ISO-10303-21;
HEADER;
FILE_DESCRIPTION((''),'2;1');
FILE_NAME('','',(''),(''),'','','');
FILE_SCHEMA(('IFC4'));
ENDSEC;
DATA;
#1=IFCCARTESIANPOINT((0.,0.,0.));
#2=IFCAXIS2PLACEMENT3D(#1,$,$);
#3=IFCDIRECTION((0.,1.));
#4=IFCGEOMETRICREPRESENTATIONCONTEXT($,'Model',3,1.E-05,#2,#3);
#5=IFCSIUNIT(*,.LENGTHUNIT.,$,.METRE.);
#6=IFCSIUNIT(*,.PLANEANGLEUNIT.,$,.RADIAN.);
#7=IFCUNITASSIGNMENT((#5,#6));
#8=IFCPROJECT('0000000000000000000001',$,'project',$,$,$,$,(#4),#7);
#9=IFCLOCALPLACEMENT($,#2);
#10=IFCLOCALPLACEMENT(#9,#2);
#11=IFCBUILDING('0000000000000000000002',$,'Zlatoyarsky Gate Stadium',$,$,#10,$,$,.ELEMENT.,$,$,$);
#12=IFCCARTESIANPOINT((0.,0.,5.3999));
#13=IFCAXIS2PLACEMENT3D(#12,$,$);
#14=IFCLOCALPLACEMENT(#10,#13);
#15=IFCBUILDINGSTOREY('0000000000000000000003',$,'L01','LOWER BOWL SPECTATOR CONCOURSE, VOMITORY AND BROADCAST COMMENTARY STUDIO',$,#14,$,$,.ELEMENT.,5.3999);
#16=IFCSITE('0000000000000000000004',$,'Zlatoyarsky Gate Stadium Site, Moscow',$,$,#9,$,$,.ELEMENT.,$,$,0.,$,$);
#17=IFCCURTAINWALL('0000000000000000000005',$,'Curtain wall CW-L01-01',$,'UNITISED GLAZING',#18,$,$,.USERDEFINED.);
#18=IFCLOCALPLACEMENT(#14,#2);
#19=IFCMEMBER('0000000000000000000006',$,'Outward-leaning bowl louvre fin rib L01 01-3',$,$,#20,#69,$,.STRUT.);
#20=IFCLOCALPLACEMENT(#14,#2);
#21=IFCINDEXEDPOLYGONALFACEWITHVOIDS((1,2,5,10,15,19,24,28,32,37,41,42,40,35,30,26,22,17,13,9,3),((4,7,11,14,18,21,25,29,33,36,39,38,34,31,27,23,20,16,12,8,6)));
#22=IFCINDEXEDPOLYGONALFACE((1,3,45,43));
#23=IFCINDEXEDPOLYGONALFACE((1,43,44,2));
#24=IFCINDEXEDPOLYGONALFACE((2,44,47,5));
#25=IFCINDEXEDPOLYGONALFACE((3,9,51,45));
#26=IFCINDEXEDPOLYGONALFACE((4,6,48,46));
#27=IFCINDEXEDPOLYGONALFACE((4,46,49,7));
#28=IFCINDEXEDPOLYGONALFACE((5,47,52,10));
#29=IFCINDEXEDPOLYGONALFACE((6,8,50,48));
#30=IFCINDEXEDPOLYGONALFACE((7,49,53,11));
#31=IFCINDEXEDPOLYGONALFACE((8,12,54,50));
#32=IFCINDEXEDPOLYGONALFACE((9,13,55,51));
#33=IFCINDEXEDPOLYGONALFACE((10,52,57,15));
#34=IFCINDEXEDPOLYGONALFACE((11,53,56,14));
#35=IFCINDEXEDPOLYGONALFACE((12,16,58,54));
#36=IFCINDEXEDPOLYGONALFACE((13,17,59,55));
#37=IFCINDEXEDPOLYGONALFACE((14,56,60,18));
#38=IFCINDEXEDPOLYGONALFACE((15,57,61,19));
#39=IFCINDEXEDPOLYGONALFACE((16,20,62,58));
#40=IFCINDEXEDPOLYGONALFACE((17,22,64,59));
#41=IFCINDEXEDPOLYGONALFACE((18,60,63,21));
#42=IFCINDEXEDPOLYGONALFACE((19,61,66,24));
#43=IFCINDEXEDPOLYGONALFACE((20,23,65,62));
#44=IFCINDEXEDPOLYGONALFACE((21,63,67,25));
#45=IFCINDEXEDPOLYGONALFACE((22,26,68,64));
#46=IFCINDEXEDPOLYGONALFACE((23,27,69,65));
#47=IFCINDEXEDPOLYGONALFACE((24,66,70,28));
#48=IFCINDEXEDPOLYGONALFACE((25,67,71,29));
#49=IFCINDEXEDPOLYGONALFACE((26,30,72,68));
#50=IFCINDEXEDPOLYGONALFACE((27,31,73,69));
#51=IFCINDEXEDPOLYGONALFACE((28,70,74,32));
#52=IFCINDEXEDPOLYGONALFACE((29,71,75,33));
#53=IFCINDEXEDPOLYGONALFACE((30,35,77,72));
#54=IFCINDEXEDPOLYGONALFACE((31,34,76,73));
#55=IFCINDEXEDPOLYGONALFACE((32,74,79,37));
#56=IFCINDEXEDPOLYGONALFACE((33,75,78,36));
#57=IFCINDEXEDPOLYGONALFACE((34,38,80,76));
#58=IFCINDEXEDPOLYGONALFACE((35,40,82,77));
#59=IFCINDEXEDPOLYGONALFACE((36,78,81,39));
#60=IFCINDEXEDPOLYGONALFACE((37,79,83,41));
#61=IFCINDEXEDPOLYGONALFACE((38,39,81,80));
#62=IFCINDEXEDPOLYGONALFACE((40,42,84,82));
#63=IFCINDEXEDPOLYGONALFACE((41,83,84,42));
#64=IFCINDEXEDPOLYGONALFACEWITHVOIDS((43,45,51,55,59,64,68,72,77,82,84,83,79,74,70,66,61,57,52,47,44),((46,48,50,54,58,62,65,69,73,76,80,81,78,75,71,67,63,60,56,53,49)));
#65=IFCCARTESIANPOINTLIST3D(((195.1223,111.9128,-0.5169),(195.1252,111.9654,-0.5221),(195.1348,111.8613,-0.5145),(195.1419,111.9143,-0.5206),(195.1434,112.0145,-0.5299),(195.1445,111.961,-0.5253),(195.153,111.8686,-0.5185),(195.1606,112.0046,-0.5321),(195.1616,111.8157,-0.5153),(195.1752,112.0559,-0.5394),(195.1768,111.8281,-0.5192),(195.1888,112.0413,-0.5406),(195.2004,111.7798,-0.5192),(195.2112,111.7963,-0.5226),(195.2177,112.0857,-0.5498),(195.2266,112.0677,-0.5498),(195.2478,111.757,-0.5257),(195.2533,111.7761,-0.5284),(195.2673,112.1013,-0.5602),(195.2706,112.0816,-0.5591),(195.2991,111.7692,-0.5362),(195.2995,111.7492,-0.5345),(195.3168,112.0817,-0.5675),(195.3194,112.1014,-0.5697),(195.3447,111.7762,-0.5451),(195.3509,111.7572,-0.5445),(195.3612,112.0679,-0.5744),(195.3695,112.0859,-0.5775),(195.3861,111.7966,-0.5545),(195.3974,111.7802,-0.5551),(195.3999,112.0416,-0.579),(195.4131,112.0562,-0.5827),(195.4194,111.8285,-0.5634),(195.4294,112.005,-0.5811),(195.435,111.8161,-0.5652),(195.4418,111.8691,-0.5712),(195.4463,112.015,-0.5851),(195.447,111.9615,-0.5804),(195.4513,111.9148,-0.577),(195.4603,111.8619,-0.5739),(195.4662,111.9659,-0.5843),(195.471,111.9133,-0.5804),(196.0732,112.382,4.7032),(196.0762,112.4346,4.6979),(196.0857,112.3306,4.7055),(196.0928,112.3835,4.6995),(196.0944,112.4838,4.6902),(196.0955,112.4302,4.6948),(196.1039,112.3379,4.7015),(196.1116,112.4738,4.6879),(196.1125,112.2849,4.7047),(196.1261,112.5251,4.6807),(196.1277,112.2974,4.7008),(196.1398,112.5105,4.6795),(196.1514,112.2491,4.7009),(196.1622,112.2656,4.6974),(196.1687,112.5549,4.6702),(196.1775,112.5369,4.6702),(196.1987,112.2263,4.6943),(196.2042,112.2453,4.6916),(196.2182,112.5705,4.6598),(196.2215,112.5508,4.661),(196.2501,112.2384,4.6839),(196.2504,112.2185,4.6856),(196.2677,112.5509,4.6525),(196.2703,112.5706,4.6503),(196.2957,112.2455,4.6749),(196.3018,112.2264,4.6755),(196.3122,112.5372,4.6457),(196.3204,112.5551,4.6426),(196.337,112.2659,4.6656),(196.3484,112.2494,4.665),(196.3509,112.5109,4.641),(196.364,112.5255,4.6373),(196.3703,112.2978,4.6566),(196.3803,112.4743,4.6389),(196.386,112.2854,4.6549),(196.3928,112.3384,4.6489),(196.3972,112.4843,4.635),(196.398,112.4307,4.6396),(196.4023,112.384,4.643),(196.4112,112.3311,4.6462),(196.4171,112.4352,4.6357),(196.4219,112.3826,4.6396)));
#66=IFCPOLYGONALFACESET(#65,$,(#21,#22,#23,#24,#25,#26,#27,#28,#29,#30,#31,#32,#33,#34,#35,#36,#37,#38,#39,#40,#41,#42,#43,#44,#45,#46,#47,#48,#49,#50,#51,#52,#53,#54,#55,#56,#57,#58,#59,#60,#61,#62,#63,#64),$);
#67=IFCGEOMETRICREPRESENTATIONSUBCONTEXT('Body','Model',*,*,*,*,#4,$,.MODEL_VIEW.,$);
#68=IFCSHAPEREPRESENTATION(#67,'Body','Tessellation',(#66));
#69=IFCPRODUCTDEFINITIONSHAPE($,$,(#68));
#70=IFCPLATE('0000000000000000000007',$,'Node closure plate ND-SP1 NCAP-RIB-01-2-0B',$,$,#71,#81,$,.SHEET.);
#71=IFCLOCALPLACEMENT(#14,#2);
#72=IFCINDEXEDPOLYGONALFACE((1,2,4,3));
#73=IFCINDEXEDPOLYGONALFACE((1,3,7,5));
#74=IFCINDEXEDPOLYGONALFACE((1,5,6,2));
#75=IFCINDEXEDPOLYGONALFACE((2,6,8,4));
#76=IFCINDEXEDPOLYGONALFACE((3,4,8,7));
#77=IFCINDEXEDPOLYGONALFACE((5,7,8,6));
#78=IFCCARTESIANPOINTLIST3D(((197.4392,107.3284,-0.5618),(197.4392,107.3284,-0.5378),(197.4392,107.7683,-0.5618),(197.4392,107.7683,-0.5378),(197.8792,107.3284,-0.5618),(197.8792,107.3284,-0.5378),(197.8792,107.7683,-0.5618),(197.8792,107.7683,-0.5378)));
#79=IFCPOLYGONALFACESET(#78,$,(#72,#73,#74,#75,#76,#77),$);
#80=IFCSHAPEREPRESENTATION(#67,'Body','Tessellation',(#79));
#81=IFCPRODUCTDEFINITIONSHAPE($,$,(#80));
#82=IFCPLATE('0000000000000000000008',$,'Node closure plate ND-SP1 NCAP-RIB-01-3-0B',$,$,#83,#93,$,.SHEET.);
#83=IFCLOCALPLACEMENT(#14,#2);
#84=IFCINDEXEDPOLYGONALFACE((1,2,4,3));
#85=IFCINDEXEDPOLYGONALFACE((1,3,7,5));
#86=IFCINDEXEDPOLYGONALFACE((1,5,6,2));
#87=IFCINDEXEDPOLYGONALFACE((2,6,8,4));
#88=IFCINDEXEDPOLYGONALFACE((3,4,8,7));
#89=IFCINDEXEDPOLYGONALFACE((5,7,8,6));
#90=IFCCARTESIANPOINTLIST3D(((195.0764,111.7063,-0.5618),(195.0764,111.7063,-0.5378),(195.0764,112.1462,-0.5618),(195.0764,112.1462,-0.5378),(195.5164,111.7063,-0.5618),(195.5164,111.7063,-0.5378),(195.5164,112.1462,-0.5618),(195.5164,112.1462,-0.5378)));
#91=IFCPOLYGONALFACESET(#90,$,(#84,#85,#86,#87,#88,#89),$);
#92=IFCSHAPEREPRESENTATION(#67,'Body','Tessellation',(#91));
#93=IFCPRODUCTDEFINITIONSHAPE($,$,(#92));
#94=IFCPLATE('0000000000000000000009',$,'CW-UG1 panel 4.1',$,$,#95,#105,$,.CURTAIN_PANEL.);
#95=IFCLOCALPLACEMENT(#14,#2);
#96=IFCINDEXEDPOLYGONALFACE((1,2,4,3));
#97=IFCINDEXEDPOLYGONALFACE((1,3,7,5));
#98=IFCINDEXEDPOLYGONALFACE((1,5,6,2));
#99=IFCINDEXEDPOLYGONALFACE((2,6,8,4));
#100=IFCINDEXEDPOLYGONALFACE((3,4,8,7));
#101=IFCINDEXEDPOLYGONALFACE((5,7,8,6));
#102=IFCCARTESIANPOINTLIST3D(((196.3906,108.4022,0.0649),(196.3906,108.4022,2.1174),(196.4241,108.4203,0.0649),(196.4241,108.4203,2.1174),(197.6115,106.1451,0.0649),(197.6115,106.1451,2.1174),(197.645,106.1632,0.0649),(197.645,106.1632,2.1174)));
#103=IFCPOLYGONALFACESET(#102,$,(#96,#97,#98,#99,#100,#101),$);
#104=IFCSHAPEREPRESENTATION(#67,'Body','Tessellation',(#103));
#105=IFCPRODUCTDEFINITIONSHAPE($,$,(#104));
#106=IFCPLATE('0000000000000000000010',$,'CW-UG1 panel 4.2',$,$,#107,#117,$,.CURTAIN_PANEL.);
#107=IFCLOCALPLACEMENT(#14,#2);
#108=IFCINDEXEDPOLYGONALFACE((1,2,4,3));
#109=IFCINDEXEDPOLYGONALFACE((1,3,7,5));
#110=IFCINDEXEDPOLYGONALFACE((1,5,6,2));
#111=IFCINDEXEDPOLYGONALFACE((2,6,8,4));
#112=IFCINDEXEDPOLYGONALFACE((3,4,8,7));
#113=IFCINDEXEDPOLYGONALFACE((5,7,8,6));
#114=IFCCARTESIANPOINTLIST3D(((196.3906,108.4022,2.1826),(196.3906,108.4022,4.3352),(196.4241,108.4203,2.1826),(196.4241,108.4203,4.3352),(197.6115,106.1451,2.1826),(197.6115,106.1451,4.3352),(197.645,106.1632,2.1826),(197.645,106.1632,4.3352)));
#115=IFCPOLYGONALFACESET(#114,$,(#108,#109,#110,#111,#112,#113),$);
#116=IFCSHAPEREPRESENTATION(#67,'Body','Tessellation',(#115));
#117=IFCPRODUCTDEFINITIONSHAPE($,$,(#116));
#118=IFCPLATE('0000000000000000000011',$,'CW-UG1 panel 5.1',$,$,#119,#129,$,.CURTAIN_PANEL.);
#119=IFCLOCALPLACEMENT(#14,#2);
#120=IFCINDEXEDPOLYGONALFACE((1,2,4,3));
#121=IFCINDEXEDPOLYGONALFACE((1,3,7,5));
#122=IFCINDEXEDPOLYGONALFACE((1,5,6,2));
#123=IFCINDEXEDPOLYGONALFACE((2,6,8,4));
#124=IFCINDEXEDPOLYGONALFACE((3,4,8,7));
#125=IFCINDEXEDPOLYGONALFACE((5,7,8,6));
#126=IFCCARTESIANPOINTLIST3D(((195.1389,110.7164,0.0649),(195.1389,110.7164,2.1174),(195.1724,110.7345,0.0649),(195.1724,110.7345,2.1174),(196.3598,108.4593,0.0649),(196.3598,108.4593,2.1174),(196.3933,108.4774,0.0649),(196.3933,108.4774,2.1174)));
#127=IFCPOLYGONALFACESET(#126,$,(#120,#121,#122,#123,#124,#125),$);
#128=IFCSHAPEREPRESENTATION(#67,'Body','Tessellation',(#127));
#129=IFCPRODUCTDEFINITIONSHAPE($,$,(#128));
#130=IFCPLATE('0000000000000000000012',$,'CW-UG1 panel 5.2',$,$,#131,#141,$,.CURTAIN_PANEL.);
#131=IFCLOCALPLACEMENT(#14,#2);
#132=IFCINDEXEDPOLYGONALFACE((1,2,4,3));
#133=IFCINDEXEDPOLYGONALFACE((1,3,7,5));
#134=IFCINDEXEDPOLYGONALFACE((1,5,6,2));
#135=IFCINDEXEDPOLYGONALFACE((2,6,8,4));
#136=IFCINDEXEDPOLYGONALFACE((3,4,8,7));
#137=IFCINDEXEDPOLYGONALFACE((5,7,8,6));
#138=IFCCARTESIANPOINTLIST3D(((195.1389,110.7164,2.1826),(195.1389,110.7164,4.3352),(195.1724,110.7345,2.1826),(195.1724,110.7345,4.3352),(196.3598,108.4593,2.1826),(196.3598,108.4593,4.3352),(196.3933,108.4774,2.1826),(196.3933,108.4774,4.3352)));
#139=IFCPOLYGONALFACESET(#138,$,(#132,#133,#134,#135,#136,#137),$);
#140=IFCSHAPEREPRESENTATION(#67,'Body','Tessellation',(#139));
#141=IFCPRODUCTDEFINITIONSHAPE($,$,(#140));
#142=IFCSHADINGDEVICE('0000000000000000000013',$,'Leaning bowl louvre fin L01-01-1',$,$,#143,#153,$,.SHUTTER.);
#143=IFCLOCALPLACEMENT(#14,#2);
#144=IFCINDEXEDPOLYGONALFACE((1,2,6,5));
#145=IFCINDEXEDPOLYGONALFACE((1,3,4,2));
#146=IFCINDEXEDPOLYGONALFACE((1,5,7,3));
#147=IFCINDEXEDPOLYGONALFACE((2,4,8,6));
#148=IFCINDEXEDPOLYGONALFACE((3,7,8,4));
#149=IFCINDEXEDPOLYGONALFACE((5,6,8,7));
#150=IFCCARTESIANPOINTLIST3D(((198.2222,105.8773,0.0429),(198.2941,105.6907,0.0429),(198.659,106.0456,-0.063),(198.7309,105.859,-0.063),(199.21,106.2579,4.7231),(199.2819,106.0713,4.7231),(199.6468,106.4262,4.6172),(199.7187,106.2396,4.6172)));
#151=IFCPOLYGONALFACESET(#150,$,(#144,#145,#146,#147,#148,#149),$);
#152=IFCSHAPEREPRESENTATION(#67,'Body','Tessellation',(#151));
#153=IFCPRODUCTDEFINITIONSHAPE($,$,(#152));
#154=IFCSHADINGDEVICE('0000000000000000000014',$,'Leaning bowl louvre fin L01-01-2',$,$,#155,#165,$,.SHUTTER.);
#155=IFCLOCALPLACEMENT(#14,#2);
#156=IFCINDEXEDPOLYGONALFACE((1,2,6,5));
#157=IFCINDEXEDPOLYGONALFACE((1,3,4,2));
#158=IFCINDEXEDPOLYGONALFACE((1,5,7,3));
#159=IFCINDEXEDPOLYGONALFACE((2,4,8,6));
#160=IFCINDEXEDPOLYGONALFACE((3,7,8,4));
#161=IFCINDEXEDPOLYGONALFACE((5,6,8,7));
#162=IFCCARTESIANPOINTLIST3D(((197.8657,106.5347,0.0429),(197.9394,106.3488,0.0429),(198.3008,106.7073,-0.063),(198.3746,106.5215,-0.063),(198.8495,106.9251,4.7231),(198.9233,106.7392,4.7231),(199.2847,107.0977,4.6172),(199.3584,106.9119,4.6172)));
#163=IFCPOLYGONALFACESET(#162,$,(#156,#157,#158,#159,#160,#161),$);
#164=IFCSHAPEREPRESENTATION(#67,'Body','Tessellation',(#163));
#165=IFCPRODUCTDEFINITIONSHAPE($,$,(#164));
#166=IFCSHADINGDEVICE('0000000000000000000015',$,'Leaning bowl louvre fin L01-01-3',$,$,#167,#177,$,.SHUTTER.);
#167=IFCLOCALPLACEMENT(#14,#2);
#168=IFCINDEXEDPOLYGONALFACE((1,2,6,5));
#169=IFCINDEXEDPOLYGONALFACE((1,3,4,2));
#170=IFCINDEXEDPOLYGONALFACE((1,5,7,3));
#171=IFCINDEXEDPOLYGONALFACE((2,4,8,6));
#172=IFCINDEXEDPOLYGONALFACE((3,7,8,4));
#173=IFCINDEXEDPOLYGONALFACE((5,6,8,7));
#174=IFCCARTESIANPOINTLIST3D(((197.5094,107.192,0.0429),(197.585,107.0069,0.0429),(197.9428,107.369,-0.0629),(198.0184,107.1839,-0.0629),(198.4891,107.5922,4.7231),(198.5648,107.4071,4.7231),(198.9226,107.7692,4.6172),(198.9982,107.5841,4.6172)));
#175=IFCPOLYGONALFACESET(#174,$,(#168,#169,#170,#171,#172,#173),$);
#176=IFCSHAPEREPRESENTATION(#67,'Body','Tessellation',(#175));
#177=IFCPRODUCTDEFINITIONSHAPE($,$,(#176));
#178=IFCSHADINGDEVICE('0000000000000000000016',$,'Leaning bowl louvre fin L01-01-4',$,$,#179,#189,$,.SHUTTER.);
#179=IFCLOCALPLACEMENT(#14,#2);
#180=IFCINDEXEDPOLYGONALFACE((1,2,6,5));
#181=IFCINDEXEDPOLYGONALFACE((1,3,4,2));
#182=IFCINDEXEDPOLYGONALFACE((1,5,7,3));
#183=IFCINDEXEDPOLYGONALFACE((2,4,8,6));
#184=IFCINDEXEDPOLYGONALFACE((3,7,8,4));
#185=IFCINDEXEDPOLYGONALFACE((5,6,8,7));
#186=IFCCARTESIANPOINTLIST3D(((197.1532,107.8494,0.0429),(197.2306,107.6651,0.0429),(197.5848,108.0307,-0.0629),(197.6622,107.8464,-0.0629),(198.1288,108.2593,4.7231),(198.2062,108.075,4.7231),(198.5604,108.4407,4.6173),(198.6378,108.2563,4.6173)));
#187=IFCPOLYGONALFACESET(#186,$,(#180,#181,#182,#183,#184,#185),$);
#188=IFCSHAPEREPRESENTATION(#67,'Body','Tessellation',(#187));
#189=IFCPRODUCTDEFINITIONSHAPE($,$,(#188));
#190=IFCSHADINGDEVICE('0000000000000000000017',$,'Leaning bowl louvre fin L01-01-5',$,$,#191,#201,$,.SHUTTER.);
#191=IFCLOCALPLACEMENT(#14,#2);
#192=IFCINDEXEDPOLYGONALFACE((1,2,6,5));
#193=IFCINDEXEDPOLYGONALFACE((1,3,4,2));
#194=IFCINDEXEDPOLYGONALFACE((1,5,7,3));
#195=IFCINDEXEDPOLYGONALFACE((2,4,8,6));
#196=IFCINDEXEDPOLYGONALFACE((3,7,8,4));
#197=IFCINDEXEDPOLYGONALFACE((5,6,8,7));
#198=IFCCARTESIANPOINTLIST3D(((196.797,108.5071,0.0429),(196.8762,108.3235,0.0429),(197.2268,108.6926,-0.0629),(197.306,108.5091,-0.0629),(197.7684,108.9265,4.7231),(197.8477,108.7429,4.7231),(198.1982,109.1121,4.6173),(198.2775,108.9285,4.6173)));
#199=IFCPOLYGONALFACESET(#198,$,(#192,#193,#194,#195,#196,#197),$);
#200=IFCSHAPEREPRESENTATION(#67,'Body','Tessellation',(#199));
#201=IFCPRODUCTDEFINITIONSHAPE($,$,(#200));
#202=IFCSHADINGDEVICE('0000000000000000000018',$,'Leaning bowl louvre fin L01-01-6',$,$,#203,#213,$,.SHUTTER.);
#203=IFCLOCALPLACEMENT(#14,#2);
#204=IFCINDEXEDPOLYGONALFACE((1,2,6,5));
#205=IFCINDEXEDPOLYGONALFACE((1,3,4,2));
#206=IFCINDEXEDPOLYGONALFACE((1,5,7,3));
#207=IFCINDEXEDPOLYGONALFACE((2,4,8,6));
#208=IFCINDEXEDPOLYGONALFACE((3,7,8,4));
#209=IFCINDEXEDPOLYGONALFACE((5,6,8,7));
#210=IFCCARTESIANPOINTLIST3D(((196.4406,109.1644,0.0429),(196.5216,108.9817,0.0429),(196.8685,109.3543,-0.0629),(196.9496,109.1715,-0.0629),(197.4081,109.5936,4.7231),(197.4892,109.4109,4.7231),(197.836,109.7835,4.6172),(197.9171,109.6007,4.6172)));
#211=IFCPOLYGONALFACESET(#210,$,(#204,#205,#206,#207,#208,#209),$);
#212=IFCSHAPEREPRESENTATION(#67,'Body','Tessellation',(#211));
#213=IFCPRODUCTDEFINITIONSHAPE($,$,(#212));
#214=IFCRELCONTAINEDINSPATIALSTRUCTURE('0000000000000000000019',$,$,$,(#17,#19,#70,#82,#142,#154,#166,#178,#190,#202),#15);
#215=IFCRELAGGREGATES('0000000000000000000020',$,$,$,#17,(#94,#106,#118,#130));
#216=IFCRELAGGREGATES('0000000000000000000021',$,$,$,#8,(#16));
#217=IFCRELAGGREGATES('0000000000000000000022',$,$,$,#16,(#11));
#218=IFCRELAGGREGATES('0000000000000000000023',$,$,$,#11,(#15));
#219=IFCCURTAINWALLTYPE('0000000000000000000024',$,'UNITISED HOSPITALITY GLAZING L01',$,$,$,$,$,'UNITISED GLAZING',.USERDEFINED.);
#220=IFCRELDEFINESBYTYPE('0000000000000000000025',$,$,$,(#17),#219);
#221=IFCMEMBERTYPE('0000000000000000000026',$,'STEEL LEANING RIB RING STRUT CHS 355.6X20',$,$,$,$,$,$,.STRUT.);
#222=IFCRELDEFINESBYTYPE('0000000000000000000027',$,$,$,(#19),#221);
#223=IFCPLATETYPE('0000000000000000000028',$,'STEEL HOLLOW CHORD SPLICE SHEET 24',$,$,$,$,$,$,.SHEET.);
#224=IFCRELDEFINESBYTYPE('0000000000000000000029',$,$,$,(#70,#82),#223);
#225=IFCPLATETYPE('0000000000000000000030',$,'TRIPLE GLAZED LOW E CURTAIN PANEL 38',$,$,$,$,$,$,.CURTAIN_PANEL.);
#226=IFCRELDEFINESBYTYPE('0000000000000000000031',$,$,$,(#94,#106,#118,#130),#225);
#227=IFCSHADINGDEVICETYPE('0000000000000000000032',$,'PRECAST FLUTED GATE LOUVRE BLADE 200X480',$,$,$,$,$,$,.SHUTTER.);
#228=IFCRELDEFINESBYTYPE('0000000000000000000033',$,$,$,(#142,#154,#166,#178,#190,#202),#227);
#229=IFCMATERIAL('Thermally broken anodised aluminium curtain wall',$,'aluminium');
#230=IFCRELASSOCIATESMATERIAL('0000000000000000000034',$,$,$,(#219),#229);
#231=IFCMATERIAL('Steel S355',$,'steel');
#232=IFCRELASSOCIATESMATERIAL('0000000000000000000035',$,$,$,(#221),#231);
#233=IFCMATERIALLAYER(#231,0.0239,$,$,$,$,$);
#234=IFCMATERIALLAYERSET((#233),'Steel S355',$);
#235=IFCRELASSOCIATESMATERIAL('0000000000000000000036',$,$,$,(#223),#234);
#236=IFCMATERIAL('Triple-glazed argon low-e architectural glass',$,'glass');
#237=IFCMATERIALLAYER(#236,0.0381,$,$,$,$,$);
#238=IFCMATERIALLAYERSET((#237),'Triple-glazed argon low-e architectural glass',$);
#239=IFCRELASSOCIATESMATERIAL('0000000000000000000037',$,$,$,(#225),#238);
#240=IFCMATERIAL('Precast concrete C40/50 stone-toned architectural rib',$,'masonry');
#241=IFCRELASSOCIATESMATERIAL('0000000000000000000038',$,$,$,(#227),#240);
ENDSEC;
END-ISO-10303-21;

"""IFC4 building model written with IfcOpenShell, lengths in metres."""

from ifc_helpers import new_model, si_unit, direction, frame, origin, origin_2d, place, context, subcontext, project, spatial, rectangle, hollow_circle, extrude, material, layer, layer_set, material_profile, profile_set, type_object, element, aggregate, save


model = new_model("IFC4")

# Units and contexts
model_context = context("Model", 3, precision=1e-05, world=origin(), true_north=direction((0.0, 1.0)))
body_context = subcontext(model_context, "Body", "Model", "MODEL_VIEW")
ifc_project = project(units=[si_unit("LENGTHUNIT", "METRE"), si_unit("PLANEANGLEUNIT", "RADIAN")], contexts=[model_context])

# Site, building, storey
site_placement = place(None, origin())
site = spatial("IfcSite", under=ifc_project, at=site_placement, Name="Zlatoyarsky Gate Stadium Site, Moscow", CompositionType="ELEMENT", RefElevation=0.0)
building_placement = place(site_placement, origin())
building = spatial("IfcBuilding", under=site, at=building_placement, Name="Zlatoyarsky Gate Stadium", CompositionType="ELEMENT")
storey_placement = place(building_placement, frame((0.0, 0.0, 5.3999)))
storey = spatial("IfcBuildingStorey", under=building, at=storey_placement, Name="L01", Description="LOWER BOWL SPECTATOR CONCOURSE, VOMITORY AND BROADCAST COMMENTARY STUDIO", CompositionType="ELEMENT", Elevation=5.3999)

# Curtain wall
ifc_material_1 = material(Name="Thermally broken anodised aluminium curtain wall", Category="aluminium")
curtain_wall_type = type_object("IfcCurtainWallType", Name="UNITISED HOSPITALITY GLAZING L01", ElementType="UNITISED GLAZING", PredefinedType="USERDEFINED", material=ifc_material_1)
curtain_wall_placement = place(storey_placement, origin())
curtain_wall = element("IfcCurtainWall", 1, at=curtain_wall_placement, inside=storey, type_object=curtain_wall_type, Name="Curtain wall CW-L01-01", ObjectType="UNITISED GLAZING", PredefinedType="USERDEFINED")

# Member
ifc_material_2 = material(Name="Steel S355", Category="steel")
ifc_material_profile_1 = material_profile(ifc_material_2, hollow_circle(Radius=0.1777, WallThickness=0.02, at=origin_2d()), Name="CHS 355.6X20")
ifc_profile_set_1 = profile_set([ifc_material_profile_1], Name="Steel S355")
member_type_1 = type_object("IfcMemberType", Name="STEEL LEANING RIB RING STRUT CHS 355.6X20", PredefinedType="STRUT", material=ifc_profile_set_1)
member_1_placement = place(storey_placement, frame((195.2964, 111.9263, -0.5498), z_axis=(0.178525, 0.088094, 0.979984), x_axis=(-0.442511, 0.896763, 0.0)))
element("IfcMember", 2, at=member_1_placement, inside=storey, type_object=member_type_1, Name="Outward-leaning bowl louvre fin rib L01 01-3", PredefinedType="STRUT", context=body_context, shape_type="SweptSolid", body=[
    extrude(hollow_circle(Radius=0.1777, WallThickness=0.02, at=origin_2d()), origin(), (0.0, 0.0, 1.0), 5.3267),
])

# Plates
ifc_layer_1 = layer(ifc_material_2, 0.0239)
ifc_layer_set_1 = layer_set([ifc_layer_1], Name="Steel S355")
plate_type_1 = type_object("IfcPlateType", Name="STEEL HOLLOW CHORD SPLICE SHEET 24", PredefinedType="SHEET", material=ifc_layer_set_1)
for number, where, z_axis, x_axis, name in (
    (3, (197.6592, 107.5483, -0.5618), (0.0, 0.0, 1.0), (1.0, 0.0, 0.0), "Node closure plate ND-SP1 NCAP-RIB-01-2-0B"),
    (4, (195.2964, 111.9263, -0.5618), (0.0, 0.0, 1.0), (1.0, 0.0, 0.0), "Node closure plate ND-SP1 NCAP-RIB-01-3-0B"),
):
    element("IfcPlate", number, at=place(storey_placement, frame(where, z_axis=z_axis, x_axis=x_axis)), inside=storey, type_object=plate_type_1, Name=name, PredefinedType="SHEET", context=body_context, shape_type="SweptSolid", body=[
        extrude(rectangle(XDim=0.4399, YDim=0.4399, at=origin_2d()), origin(), (0.0, 0.0, 1.0), 0.0239),
    ])

# Plates
ifc_material_3 = material(Name="Triple-glazed argon low-e architectural glass", Category="glass")
ifc_layer_2 = layer(ifc_material_3, 0.0381)
ifc_layer_set_2 = layer_set([ifc_layer_2], Name="Triple-glazed argon low-e architectural glass")
plate_type_2 = type_object("IfcPlateType", Name="TRIPLE GLAZED LOW E CURTAIN PANEL 38", PredefinedType="CURTAIN_PANEL", material=ifc_layer_set_2)
plate_1_placement = place(storey_placement, frame((197.0178, 107.2827, 0.0649), z_axis=(0.0, 0.0, 1.0), x_axis=(-0.475784, 0.879562, 0.0)))
plate_1 = element("IfcPlate", 5, at=plate_1_placement, type_object=plate_type_2, Name="CW-UG1 panel 4.1", PredefinedType="CURTAIN_PANEL", context=body_context, shape_type="SweptSolid", body=[
    extrude(rectangle(XDim=2.5662, YDim=0.0381, at=origin_2d()), origin(), (0.0, 0.0, 1.0), 2.0525),
])
plate_2_placement = place(storey_placement, frame((197.0178, 107.2827, 2.1826), z_axis=(0.0, 0.0, 1.0), x_axis=(-0.475784, 0.879562, 0.0)))
plate_2 = element("IfcPlate", 6, at=plate_2_placement, type_object=plate_type_2, Name="CW-UG1 panel 4.2", PredefinedType="CURTAIN_PANEL", context=body_context, shape_type="SweptSolid", body=[
    extrude(rectangle(XDim=2.5662, YDim=0.0381, at=origin_2d()), origin(), (0.0, 0.0, 1.0), 2.1526),
])
plate_3_placement = place(storey_placement, frame((195.7661, 109.5969, 0.0649), z_axis=(0.0, 0.0, 1.0), x_axis=(-0.475784, 0.879562, 0.0)))
plate_3 = element("IfcPlate", 7, at=plate_3_placement, type_object=plate_type_2, Name="CW-UG1 panel 5.1", PredefinedType="CURTAIN_PANEL", context=body_context, shape_type="SweptSolid", body=[
    extrude(rectangle(XDim=2.5662, YDim=0.0381, at=origin_2d()), origin(), (0.0, 0.0, 1.0), 2.0525),
])
plate_4_placement = place(storey_placement, frame((195.7661, 109.5969, 2.1826), z_axis=(0.0, 0.0, 1.0), x_axis=(-0.475784, 0.879562, 0.0)))
plate_4 = element("IfcPlate", 8, at=plate_4_placement, type_object=plate_type_2, Name="CW-UG1 panel 5.2", PredefinedType="CURTAIN_PANEL", context=body_context, shape_type="SweptSolid", body=[
    extrude(rectangle(XDim=2.5662, YDim=0.0381, at=origin_2d()), origin(), (0.0, 0.0, 1.0), 2.1526),
])
aggregate(curtain_wall, [plate_1, plate_2, plate_3, plate_4])

# Shading devices
ifc_material_4 = material(Name="Precast concrete C40/50 stone-toned architectural rib", Category="masonry")
ifc_material_profile_2 = material_profile(ifc_material_4, rectangle(XDim=0.2, YDim=0.48, at=origin_2d()), Name="RIB 200X480")
ifc_profile_set_2 = profile_set([ifc_material_profile_2], Name="Precast concrete C40/50 stone-toned architectural rib")
shading_device_type = type_object("IfcShadingDeviceType", Name="PRECAST FLUTED GATE LOUVRE BLADE 200X480", PredefinedType="SHUTTER", material=ifc_profile_set_2)
for number, where, z_axis, x_axis, name in (
    (9, (198.4766, 105.8682, -0.01), (0.205859, 0.079321, 0.975362), (-0.359551, 0.933126, 0.0), "Leaning bowl louvre fin L01-01-1"),
    (10, (198.1201, 106.5281, -0.01), (0.205045, 0.081357, 0.975365), (-0.368804, 0.929507, 0.0), "Leaning bowl louvre fin L01-01-2"),
    (11, (197.7639, 107.188, -0.01), (0.204182, 0.083393, 0.975374), (-0.378103, 0.925764, 0.0), "Leaning bowl louvre fin L01-01-3"),
    (12, (197.4077, 107.8479, -0.01), (0.203318, 0.085428, 0.975379), (-0.387366, 0.921926, 0.0), "Leaning bowl louvre fin L01-01-4"),
    (13, (197.0515, 108.5081, -0.01), (0.202454, 0.087413, 0.975383), (-0.396396, 0.91808, 0.0), "Leaning bowl louvre fin L01-01-5"),
    (14, (196.6951, 109.168, -0.01), (0.201637, 0.089447, 0.975368), (-0.405496, 0.914097, 0.0), "Leaning bowl louvre fin L01-01-6"),
):
    element("IfcShadingDevice", number, at=place(storey_placement, frame(where, z_axis=z_axis, x_axis=x_axis)), inside=storey, type_object=shading_device_type, Name=name, PredefinedType="SHUTTER", context=body_context, shape_type="SweptSolid", body=[
        extrude(rectangle(XDim=0.2, YDim=0.48, at=origin_2d()), origin(), (0.0, 0.0, 1.0), 4.7983),
    ])

save(model, "model.ifc")
